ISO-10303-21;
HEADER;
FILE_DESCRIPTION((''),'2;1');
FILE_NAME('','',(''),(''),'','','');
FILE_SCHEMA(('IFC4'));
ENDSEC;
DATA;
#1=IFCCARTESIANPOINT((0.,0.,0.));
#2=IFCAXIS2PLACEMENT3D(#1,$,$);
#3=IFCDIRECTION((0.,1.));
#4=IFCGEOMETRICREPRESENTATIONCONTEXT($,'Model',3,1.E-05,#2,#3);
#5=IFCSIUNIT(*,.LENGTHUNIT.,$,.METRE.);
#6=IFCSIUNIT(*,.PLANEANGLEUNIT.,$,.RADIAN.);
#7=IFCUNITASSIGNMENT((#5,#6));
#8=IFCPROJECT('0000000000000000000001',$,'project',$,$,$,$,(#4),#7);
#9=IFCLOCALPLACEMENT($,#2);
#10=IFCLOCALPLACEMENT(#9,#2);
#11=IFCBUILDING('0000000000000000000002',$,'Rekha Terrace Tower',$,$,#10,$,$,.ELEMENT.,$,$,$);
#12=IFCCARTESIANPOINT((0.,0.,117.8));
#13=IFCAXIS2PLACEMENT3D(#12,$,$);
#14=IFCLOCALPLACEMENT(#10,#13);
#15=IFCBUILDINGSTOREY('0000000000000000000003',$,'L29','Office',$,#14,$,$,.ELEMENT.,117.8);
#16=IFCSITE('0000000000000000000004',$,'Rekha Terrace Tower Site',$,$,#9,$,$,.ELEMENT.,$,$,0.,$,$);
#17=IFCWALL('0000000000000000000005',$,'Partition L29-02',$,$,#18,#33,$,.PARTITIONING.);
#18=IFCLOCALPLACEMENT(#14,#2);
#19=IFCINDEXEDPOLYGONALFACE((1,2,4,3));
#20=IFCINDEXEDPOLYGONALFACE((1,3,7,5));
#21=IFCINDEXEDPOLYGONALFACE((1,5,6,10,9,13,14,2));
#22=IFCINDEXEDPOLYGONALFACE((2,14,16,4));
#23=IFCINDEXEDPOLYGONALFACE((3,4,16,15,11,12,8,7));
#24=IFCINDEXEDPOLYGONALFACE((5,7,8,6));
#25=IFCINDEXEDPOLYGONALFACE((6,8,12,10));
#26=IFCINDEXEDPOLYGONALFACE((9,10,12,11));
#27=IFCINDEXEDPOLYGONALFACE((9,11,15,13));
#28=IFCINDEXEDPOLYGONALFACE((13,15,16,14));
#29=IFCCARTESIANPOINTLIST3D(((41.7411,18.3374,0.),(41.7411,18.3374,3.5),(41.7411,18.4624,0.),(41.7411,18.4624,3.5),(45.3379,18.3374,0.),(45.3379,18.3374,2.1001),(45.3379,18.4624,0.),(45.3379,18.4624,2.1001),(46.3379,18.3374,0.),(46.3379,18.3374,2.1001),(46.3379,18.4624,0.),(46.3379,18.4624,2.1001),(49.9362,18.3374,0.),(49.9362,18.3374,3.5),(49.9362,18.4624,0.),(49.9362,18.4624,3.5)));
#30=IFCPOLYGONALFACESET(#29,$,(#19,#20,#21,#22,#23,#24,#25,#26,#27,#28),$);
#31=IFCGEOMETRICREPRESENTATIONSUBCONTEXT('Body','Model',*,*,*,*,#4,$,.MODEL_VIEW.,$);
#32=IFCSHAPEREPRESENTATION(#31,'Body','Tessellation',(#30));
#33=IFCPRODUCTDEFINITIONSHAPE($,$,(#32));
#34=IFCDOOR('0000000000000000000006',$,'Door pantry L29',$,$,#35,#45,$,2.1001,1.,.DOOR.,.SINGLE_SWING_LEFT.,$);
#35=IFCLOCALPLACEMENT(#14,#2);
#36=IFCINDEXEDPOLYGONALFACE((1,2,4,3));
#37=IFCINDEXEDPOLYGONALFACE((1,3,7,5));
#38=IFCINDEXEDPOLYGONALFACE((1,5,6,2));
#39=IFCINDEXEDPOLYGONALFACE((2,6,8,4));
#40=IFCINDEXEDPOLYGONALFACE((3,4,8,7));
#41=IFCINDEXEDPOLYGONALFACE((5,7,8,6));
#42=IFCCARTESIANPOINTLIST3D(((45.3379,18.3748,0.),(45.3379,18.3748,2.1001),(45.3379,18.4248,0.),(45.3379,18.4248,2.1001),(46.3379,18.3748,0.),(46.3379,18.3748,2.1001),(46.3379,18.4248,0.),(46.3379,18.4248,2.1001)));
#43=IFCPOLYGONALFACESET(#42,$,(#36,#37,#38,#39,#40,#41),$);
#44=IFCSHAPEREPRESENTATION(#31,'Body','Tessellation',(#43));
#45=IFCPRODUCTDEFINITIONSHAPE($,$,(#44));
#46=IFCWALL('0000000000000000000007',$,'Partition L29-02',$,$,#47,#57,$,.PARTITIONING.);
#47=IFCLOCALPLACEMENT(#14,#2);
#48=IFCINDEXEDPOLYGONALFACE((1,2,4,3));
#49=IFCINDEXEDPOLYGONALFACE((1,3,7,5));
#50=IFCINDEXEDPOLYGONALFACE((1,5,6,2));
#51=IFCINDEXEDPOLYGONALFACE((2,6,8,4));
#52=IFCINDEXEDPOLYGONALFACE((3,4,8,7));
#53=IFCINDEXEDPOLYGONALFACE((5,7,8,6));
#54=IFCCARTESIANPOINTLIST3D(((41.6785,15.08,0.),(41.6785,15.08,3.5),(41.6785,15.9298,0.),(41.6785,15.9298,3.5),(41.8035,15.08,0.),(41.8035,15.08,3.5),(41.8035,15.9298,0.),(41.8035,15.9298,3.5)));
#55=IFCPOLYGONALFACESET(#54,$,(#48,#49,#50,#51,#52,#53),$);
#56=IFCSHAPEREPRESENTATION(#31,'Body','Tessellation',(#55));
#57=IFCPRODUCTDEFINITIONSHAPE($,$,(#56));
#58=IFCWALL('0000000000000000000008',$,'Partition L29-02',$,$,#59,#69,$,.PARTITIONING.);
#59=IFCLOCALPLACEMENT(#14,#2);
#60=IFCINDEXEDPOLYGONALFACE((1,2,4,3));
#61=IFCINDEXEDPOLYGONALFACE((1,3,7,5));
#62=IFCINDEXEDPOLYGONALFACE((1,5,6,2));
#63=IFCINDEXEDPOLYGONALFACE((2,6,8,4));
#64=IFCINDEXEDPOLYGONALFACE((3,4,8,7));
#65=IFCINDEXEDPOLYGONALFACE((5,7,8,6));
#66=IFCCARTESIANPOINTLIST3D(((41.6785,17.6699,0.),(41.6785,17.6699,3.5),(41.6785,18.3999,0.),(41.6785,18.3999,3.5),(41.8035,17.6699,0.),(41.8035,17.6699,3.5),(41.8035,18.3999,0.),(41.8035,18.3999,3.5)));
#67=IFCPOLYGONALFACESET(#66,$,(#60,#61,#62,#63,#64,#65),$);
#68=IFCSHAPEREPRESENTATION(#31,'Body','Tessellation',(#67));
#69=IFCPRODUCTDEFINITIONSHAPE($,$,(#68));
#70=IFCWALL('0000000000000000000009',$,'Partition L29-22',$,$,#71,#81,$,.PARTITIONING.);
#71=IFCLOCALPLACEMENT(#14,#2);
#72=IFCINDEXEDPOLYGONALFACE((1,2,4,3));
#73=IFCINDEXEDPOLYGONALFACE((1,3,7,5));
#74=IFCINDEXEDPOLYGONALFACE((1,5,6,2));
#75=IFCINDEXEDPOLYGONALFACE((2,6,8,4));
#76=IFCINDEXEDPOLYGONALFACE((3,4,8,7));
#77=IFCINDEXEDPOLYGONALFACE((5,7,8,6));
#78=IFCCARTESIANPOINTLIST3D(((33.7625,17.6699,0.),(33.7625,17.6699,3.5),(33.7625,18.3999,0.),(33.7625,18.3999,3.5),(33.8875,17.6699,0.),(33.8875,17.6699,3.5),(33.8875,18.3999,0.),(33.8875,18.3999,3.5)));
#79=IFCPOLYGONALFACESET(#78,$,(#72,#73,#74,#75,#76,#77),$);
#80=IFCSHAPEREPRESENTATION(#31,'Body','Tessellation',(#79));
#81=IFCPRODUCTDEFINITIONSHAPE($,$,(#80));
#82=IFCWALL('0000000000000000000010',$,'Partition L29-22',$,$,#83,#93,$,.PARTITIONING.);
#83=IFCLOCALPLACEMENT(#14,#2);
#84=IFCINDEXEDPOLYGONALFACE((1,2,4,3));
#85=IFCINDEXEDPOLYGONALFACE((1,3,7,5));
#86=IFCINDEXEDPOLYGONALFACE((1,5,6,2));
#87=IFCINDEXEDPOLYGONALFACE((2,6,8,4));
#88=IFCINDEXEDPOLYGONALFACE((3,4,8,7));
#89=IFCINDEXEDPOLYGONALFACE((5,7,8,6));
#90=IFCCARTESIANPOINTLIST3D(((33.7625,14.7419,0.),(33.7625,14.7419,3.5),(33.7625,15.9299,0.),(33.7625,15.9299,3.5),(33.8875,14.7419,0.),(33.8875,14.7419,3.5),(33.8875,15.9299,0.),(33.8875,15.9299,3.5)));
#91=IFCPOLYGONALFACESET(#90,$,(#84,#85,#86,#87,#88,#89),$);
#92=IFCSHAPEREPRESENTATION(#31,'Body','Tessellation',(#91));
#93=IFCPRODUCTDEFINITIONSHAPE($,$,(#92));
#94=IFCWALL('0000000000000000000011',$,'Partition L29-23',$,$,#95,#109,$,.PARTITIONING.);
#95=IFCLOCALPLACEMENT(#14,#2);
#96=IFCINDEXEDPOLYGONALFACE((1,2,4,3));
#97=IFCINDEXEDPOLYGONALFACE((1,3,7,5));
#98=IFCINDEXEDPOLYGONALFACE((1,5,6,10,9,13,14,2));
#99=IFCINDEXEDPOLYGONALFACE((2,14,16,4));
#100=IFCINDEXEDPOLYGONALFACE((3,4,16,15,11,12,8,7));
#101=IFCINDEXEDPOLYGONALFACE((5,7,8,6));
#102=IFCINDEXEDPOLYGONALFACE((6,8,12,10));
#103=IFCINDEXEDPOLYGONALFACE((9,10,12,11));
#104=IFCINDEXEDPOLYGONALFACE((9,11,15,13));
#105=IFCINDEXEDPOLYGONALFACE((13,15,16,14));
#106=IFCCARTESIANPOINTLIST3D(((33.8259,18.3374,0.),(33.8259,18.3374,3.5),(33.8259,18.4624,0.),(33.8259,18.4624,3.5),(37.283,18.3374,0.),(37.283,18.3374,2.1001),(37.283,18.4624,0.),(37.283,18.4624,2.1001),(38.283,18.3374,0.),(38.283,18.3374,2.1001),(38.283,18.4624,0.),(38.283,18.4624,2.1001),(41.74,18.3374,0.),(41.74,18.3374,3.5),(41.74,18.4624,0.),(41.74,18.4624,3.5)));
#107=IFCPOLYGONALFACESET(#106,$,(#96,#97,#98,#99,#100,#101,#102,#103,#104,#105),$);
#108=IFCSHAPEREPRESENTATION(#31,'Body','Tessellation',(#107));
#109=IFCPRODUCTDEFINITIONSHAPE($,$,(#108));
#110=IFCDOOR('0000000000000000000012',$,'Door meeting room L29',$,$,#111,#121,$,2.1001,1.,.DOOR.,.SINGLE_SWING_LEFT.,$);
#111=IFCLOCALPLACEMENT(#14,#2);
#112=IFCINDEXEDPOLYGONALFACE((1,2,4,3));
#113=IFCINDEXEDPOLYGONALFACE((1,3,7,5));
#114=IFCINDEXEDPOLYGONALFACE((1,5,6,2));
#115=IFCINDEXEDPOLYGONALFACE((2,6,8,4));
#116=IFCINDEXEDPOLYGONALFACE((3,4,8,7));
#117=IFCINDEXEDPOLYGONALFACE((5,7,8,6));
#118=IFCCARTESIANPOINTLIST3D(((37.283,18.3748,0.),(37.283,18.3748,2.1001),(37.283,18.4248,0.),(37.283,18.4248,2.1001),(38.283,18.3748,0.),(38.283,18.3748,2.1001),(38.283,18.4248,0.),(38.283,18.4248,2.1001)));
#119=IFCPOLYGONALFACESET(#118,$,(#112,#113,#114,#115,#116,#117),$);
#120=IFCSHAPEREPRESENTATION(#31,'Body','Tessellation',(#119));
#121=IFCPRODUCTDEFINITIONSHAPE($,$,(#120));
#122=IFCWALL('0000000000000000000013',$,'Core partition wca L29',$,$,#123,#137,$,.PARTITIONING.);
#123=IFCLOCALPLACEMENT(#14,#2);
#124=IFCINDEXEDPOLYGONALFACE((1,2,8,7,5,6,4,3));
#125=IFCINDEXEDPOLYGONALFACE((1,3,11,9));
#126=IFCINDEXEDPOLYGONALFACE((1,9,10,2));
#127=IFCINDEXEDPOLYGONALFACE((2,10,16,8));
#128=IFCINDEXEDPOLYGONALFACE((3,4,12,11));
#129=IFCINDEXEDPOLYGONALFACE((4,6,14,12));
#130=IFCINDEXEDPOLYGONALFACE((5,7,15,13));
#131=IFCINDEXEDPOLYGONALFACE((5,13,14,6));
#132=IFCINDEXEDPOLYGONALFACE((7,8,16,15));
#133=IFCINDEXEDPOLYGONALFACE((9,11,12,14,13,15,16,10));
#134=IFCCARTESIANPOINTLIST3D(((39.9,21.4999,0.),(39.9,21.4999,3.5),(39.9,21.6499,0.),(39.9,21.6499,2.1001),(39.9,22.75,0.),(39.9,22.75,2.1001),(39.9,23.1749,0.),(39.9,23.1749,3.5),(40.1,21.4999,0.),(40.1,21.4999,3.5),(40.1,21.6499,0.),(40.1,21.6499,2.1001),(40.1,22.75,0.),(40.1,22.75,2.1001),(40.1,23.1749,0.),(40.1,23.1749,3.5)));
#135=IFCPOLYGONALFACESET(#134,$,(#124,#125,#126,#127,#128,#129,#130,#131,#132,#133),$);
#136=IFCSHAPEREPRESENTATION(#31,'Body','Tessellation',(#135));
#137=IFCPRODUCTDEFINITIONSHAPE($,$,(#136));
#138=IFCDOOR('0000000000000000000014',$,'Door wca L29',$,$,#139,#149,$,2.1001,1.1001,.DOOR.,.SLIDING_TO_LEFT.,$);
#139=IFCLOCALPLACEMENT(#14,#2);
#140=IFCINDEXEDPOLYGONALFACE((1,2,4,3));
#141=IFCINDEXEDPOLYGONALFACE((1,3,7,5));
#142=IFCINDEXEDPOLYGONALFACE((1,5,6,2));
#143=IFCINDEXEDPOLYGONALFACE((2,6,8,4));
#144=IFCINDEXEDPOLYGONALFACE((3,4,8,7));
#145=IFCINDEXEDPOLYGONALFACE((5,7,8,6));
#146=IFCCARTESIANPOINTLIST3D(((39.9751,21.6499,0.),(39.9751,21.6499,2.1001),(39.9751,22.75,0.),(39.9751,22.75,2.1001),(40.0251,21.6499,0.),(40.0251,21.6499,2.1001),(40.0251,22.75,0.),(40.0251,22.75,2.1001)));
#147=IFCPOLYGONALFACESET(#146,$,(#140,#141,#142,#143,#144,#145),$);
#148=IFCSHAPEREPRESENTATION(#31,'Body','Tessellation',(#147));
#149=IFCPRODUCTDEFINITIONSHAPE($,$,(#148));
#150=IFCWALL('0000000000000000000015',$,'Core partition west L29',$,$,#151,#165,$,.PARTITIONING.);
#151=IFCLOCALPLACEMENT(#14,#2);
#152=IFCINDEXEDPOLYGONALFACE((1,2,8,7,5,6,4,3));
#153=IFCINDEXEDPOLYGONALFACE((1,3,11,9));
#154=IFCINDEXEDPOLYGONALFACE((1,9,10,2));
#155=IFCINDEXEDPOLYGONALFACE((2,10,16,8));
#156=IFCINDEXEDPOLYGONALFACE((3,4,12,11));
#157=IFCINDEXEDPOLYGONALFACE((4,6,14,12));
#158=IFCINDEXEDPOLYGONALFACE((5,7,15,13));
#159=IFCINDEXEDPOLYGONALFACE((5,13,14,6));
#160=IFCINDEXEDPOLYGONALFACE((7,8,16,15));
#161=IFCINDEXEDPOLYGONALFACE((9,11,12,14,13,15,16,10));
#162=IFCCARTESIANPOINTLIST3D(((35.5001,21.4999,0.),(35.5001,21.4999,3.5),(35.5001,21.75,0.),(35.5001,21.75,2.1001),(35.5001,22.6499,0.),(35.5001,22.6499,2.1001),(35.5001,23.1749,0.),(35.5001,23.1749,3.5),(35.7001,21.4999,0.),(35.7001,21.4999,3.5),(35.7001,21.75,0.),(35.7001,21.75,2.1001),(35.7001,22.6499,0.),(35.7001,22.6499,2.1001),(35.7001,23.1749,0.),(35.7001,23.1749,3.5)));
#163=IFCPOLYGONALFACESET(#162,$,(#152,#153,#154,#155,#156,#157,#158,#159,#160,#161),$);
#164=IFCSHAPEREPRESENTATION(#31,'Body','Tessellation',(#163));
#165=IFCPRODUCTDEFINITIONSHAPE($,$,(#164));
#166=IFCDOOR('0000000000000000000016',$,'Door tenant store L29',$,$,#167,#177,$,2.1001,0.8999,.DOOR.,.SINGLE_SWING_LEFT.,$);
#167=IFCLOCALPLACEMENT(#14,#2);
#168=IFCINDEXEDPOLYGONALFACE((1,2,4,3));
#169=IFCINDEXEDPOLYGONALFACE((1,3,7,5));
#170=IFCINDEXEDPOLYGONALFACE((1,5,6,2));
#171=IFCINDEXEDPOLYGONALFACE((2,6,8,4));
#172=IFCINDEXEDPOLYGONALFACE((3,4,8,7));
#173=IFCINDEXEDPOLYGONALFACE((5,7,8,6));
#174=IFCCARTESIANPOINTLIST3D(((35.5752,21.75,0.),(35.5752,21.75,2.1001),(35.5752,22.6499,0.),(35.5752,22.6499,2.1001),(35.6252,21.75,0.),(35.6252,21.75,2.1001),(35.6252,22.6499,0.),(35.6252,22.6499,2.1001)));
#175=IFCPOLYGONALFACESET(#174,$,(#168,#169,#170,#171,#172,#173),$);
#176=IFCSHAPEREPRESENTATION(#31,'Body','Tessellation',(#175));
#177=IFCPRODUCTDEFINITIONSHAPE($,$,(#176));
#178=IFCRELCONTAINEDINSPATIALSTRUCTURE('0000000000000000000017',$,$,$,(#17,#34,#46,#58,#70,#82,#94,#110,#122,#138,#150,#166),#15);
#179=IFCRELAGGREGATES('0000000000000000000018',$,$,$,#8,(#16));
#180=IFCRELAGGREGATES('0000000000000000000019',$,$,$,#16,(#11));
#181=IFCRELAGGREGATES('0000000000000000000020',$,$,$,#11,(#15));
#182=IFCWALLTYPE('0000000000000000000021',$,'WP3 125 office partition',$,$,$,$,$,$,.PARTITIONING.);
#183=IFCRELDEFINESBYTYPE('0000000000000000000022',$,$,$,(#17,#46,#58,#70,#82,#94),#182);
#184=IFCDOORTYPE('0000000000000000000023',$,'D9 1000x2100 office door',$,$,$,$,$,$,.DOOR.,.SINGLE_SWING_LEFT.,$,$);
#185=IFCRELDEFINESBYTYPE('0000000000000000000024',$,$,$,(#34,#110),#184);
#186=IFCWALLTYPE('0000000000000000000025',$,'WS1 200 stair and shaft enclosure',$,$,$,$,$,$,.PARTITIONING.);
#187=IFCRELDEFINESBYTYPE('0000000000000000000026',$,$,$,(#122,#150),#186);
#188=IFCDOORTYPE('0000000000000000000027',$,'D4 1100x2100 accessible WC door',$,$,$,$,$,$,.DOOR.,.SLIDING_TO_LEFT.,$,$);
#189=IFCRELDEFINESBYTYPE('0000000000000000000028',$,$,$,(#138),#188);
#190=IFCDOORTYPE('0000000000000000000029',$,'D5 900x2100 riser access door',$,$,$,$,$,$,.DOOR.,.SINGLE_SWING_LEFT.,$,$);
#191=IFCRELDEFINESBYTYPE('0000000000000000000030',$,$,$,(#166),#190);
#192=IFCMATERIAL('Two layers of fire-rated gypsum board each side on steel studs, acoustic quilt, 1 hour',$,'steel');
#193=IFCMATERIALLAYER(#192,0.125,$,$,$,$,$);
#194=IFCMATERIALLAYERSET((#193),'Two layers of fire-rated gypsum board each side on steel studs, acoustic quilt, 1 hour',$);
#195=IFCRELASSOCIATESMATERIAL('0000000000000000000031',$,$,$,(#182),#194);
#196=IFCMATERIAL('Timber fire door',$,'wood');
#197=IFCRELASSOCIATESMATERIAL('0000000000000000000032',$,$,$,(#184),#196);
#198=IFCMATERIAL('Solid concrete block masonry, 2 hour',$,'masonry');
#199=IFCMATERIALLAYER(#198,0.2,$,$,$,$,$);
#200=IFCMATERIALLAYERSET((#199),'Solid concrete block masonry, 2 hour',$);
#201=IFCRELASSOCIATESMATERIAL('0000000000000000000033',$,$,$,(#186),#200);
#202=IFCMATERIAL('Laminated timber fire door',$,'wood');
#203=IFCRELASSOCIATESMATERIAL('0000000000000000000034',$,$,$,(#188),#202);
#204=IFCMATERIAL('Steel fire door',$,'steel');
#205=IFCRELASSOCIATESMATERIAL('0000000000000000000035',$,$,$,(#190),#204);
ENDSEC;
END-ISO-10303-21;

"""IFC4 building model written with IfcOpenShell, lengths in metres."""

from ifc_helpers import new_model, si_unit, direction, frame, frame_2d, origin, place, context, subcontext, project, spatial, rectangle, extrude, material, layer, layer_set, type_object, element, fill, save


model = new_model("IFC4")

# Units and contexts
model_context = context("Model", 3, precision=1e-05, world=origin(), true_north=direction((0.0, 1.0)))
body_context = subcontext(model_context, "Body", "Model", "MODEL_VIEW")
ifc_project = project(units=[si_unit("LENGTHUNIT", "METRE"), si_unit("PLANEANGLEUNIT", "RADIAN")], contexts=[model_context])

# Site, building, storey
site_placement = place(None, origin())
site = spatial("IfcSite", under=ifc_project, at=site_placement, Name="Rekha Terrace Tower Site", CompositionType="ELEMENT", RefElevation=0.0)
building_placement = place(site_placement, origin())
building = spatial("IfcBuilding", under=site, at=building_placement, Name="Rekha Terrace Tower", CompositionType="ELEMENT")
storey_placement = place(building_placement, frame((0.0, 0.0, 117.8)))
storey = spatial("IfcBuildingStorey", under=building, at=storey_placement, Name="L29", Description="Office", CompositionType="ELEMENT", Elevation=117.8)

# Wall, opening, door
ifc_material_1 = material(Name="Two layers of fire-rated gypsum board each side on steel studs, acoustic quilt, 1 hour", Category="steel")
ifc_layer_1 = layer(ifc_material_1, 0.125)
ifc_layer_set_1 = layer_set([ifc_layer_1], Name="Two layers of fire-rated gypsum board each side on steel studs, acoustic quilt, 1 hour")
wall_type_1 = type_object("IfcWallType", Name="WP3 125 office partition", PredefinedType="PARTITIONING", material=ifc_layer_set_1)
wall_1_placement = place(storey_placement, frame((41.741, 18.3999, 0.0), z_axis=(0.0, 0.0, 1.0), x_axis=(1.0, 0.0, 0.0)))
wall_1 = element("IfcWall", 1, at=wall_1_placement, inside=storey, type_object=wall_type_1, Name="Partition L29-02", PredefinedType="PARTITIONING", context=body_context, shape_type="SweptSolid", body=[
    extrude(rectangle(XDim=8.1951, YDim=0.125, at=frame_2d((4.0977, 0.0))), origin(), (0.0, 0.0, 1.0), 3.5),
])
opening_1_placement = place(wall_1_placement, frame((3.5969, 0.0, 0.0)))
opening_1 = element("IfcOpeningElement", 2, at=opening_1_placement, cuts=wall_1, PredefinedType="OPENING", context=body_context, shape_type="SweptSolid", body=[
    extrude(rectangle(XDim=1.0, YDim=2.1001, at=frame_2d((0.5, 1.05))), frame((0.0, 0.0725, 0.0), z_axis=(0.0, -1.0, 0.0), x_axis=(1.0, 0.0, 0.0)), (0.0, 0.0, 1.0), 0.145),
])
ifc_material_2 = material(Name="Timber fire door", Category="wood")
door_type_1 = type_object("IfcDoorType", Name="D9 1000x2100 office door", OperationType="SINGLE_SWING_LEFT", PredefinedType="DOOR", material=ifc_material_2)
door_1_placement = place(opening_1_placement, origin())
door_1 = element("IfcDoor", 3, at=door_1_placement, inside=storey, type_object=door_type_1, Name="Door pantry L29", OperationType="SINGLE_SWING_LEFT", OverallHeight=2.1001, OverallWidth=1.0, PredefinedType="DOOR", context=body_context, shape_type="SweptSolid", body=[
    extrude(rectangle(XDim=1.0, YDim=2.1001, at=frame_2d((0.5, 1.05))), frame((0.0, 0.0249, 0.0), z_axis=(0.0, -1.0, 0.0), x_axis=(1.0, 0.0, 0.0)), (0.0, 0.0, 1.0), 0.05),
])
fill(opening_1, door_1)

# Walls
wall_2_placement = place(storey_placement, frame((41.741, 15.0801, 0.0), z_axis=(0.0, 0.0, 1.0), x_axis=(0.0, 1.0, 0.0)))
element("IfcWall", 4, at=wall_2_placement, inside=storey, type_object=wall_type_1, Name="Partition L29-02", PredefinedType="PARTITIONING", context=body_context, shape_type="SweptSolid", body=[
    extrude(rectangle(XDim=0.8499, YDim=0.125, at=frame_2d((0.4248, 0.0))), origin(), (0.0, 0.0, 1.0), 3.5),
])
for number, where, z_axis, x_axis, name in (
    (5, (41.741, 17.6699, 0.0), (0.0, 0.0, 1.0), (0.0, 1.0, 0.0), "Partition L29-02"),
    (6, (33.825, 18.3999, 0.0), (0.0, 0.0, 1.0), (0.0, -1.0, 0.0), "Partition L29-22"),
):
    element("IfcWall", number, at=place(storey_placement, frame(where, z_axis=z_axis, x_axis=x_axis)), inside=storey, type_object=wall_type_1, Name=name, PredefinedType="PARTITIONING", context=body_context, shape_type="SweptSolid", body=[
        extrude(rectangle(XDim=0.73, YDim=0.125, at=frame_2d((0.365, 0.0))), origin(), (0.0, 0.0, 1.0), 3.5),
    ])
wall_3_placement = place(storey_placement, frame((33.825, 15.9299, 0.0), z_axis=(0.0, 0.0, 1.0), x_axis=(0.0, -1.0, 0.0)))
element("IfcWall", 7, at=wall_3_placement, inside=storey, type_object=wall_type_1, Name="Partition L29-22", PredefinedType="PARTITIONING", context=body_context, shape_type="SweptSolid", body=[
    extrude(rectangle(XDim=1.188, YDim=0.125, at=frame_2d((0.594, 0.0))), origin(), (0.0, 0.0, 1.0), 3.5),
])

# Walls, openings, doors
wall_4_placement = place(storey_placement, frame((33.8259, 18.3999, 0.0), z_axis=(0.0, 0.0, 1.0), x_axis=(1.0, 0.0, 0.0)))
wall_4 = element("IfcWall", 8, at=wall_4_placement, inside=storey, type_object=wall_type_1, Name="Partition L29-23", PredefinedType="PARTITIONING", context=body_context, shape_type="SweptSolid", body=[
    extrude(rectangle(XDim=7.9141, YDim=0.125, at=frame_2d((3.957, 0.0))), origin(), (0.0, 0.0, 1.0), 3.5),
])
opening_2_placement = place(wall_4_placement, frame((3.457, 0.0, 0.0)))
opening_2 = element("IfcOpeningElement", 9, at=opening_2_placement, cuts=wall_4, PredefinedType="OPENING", context=body_context, shape_type="SweptSolid", body=[
    extrude(rectangle(XDim=1.0, YDim=2.1001, at=frame_2d((0.5, 1.05))), frame((0.0, 0.0725, 0.0), z_axis=(0.0, -1.0, 0.0), x_axis=(1.0, 0.0, 0.0)), (0.0, 0.0, 1.0), 0.145),
])
door_2_placement = place(opening_2_placement, origin())
door_2 = element("IfcDoor", 10, at=door_2_placement, inside=storey, type_object=door_type_1, Name="Door meeting room L29", OperationType="SINGLE_SWING_LEFT", OverallHeight=2.1001, OverallWidth=1.0, PredefinedType="DOOR", context=body_context, shape_type="SweptSolid", body=[
    extrude(rectangle(XDim=1.0, YDim=2.1001, at=frame_2d((0.5, 1.05))), frame((0.0, 0.0249, 0.0), z_axis=(0.0, -1.0, 0.0), x_axis=(1.0, 0.0, 0.0)), (0.0, 0.0, 1.0), 0.05),
])
fill(opening_2, door_2)
ifc_material_3 = material(Name="Solid concrete block masonry, 2 hour", Category="masonry")
ifc_layer_2 = layer(ifc_material_3, 0.2)
ifc_layer_set_2 = layer_set([ifc_layer_2], Name="Solid concrete block masonry, 2 hour")
wall_type_2 = type_object("IfcWallType", Name="WS1 200 stair and shaft enclosure", PredefinedType="PARTITIONING", material=ifc_layer_set_2)
wall_5_placement = place(storey_placement, frame((40.0, 21.5, 0.0), z_axis=(0.0, 0.0, 1.0), x_axis=(0.0, 1.0, 0.0)))
wall_5 = element("IfcWall", 11, at=wall_5_placement, inside=storey, type_object=wall_type_2, Name="Core partition wca L29", PredefinedType="PARTITIONING", context=body_context, shape_type="SweptSolid", body=[
    extrude(rectangle(XDim=1.675, YDim=0.2, at=frame_2d((0.8374, 0.0))), origin(), (0.0, 0.0, 1.0), 3.5),
])
opening_3_placement = place(wall_5_placement, frame((0.1499, 0.0, 0.0)))
opening_3 = element("IfcOpeningElement", 12, at=opening_3_placement, cuts=wall_5, PredefinedType="OPENING", context=body_context, shape_type="SweptSolid", body=[
    extrude(rectangle(XDim=1.1001, YDim=2.1001, at=frame_2d((0.55, 1.05))), frame((0.0, 0.1099, 0.0), z_axis=(0.0, -1.0, 0.0), x_axis=(1.0, 0.0, 0.0)), (0.0, 0.0, 1.0), 0.22),
])
ifc_material_4 = material(Name="Laminated timber fire door", Category="wood")
door_type_2 = type_object("IfcDoorType", Name="D4 1100x2100 accessible WC door", OperationType="SLIDING_TO_LEFT", PredefinedType="DOOR", material=ifc_material_4)
door_3_placement = place(opening_3_placement, origin())
door_3 = element("IfcDoor", 13, at=door_3_placement, inside=storey, type_object=door_type_2, Name="Door wca L29", OperationType="SLIDING_TO_LEFT", OverallHeight=2.1001, OverallWidth=1.1001, PredefinedType="DOOR", context=body_context, shape_type="SweptSolid", body=[
    extrude(rectangle(XDim=1.1001, YDim=2.1001, at=frame_2d((0.55, 1.05))), frame((0.0, 0.0249, 0.0), z_axis=(0.0, -1.0, 0.0), x_axis=(1.0, 0.0, 0.0)), (0.0, 0.0, 1.0), 0.05),
])
fill(opening_3, door_3)
wall_6_placement = place(storey_placement, frame((35.6001, 21.5, 0.0), z_axis=(0.0, 0.0, 1.0), x_axis=(0.0, 1.0, 0.0)))
wall_6 = element("IfcWall", 14, at=wall_6_placement, inside=storey, type_object=wall_type_2, Name="Core partition west L29", PredefinedType="PARTITIONING", context=body_context, shape_type="SweptSolid", body=[
    extrude(rectangle(XDim=1.675, YDim=0.2, at=frame_2d((0.8374, 0.0))), origin(), (0.0, 0.0, 1.0), 3.5),
])
opening_4_placement = place(wall_6_placement, frame((0.25, 0.0, 0.0)))
opening_4 = element("IfcOpeningElement", 15, at=opening_4_placement, cuts=wall_6, PredefinedType="OPENING", context=body_context, shape_type="SweptSolid", body=[
    extrude(rectangle(XDim=0.8999, YDim=2.1001, at=frame_2d((0.45, 1.05))), frame((0.0, 0.1099, 0.0), z_axis=(0.0, -1.0, 0.0), x_axis=(1.0, 0.0, 0.0)), (0.0, 0.0, 1.0), 0.22),
])
ifc_material_5 = material(Name="Steel fire door", Category="steel")
door_type_3 = type_object("IfcDoorType", Name="D5 900x2100 riser access door", OperationType="SINGLE_SWING_LEFT", PredefinedType="DOOR", material=ifc_material_5)
door_4_placement = place(opening_4_placement, origin())
door_4 = element("IfcDoor", 16, at=door_4_placement, inside=storey, type_object=door_type_3, Name="Door tenant store L29", OperationType="SINGLE_SWING_LEFT", OverallHeight=2.1001, OverallWidth=0.8999, PredefinedType="DOOR", context=body_context, shape_type="SweptSolid", body=[
    extrude(rectangle(XDim=0.8999, YDim=2.1001, at=frame_2d((0.45, 1.05))), frame((0.0, 0.0249, 0.0), z_axis=(0.0, -1.0, 0.0), x_axis=(1.0, 0.0, 0.0)), (0.0, 0.0, 1.0), 0.05),
])
fill(opening_4, door_4)

save(model, "model.ifc")
